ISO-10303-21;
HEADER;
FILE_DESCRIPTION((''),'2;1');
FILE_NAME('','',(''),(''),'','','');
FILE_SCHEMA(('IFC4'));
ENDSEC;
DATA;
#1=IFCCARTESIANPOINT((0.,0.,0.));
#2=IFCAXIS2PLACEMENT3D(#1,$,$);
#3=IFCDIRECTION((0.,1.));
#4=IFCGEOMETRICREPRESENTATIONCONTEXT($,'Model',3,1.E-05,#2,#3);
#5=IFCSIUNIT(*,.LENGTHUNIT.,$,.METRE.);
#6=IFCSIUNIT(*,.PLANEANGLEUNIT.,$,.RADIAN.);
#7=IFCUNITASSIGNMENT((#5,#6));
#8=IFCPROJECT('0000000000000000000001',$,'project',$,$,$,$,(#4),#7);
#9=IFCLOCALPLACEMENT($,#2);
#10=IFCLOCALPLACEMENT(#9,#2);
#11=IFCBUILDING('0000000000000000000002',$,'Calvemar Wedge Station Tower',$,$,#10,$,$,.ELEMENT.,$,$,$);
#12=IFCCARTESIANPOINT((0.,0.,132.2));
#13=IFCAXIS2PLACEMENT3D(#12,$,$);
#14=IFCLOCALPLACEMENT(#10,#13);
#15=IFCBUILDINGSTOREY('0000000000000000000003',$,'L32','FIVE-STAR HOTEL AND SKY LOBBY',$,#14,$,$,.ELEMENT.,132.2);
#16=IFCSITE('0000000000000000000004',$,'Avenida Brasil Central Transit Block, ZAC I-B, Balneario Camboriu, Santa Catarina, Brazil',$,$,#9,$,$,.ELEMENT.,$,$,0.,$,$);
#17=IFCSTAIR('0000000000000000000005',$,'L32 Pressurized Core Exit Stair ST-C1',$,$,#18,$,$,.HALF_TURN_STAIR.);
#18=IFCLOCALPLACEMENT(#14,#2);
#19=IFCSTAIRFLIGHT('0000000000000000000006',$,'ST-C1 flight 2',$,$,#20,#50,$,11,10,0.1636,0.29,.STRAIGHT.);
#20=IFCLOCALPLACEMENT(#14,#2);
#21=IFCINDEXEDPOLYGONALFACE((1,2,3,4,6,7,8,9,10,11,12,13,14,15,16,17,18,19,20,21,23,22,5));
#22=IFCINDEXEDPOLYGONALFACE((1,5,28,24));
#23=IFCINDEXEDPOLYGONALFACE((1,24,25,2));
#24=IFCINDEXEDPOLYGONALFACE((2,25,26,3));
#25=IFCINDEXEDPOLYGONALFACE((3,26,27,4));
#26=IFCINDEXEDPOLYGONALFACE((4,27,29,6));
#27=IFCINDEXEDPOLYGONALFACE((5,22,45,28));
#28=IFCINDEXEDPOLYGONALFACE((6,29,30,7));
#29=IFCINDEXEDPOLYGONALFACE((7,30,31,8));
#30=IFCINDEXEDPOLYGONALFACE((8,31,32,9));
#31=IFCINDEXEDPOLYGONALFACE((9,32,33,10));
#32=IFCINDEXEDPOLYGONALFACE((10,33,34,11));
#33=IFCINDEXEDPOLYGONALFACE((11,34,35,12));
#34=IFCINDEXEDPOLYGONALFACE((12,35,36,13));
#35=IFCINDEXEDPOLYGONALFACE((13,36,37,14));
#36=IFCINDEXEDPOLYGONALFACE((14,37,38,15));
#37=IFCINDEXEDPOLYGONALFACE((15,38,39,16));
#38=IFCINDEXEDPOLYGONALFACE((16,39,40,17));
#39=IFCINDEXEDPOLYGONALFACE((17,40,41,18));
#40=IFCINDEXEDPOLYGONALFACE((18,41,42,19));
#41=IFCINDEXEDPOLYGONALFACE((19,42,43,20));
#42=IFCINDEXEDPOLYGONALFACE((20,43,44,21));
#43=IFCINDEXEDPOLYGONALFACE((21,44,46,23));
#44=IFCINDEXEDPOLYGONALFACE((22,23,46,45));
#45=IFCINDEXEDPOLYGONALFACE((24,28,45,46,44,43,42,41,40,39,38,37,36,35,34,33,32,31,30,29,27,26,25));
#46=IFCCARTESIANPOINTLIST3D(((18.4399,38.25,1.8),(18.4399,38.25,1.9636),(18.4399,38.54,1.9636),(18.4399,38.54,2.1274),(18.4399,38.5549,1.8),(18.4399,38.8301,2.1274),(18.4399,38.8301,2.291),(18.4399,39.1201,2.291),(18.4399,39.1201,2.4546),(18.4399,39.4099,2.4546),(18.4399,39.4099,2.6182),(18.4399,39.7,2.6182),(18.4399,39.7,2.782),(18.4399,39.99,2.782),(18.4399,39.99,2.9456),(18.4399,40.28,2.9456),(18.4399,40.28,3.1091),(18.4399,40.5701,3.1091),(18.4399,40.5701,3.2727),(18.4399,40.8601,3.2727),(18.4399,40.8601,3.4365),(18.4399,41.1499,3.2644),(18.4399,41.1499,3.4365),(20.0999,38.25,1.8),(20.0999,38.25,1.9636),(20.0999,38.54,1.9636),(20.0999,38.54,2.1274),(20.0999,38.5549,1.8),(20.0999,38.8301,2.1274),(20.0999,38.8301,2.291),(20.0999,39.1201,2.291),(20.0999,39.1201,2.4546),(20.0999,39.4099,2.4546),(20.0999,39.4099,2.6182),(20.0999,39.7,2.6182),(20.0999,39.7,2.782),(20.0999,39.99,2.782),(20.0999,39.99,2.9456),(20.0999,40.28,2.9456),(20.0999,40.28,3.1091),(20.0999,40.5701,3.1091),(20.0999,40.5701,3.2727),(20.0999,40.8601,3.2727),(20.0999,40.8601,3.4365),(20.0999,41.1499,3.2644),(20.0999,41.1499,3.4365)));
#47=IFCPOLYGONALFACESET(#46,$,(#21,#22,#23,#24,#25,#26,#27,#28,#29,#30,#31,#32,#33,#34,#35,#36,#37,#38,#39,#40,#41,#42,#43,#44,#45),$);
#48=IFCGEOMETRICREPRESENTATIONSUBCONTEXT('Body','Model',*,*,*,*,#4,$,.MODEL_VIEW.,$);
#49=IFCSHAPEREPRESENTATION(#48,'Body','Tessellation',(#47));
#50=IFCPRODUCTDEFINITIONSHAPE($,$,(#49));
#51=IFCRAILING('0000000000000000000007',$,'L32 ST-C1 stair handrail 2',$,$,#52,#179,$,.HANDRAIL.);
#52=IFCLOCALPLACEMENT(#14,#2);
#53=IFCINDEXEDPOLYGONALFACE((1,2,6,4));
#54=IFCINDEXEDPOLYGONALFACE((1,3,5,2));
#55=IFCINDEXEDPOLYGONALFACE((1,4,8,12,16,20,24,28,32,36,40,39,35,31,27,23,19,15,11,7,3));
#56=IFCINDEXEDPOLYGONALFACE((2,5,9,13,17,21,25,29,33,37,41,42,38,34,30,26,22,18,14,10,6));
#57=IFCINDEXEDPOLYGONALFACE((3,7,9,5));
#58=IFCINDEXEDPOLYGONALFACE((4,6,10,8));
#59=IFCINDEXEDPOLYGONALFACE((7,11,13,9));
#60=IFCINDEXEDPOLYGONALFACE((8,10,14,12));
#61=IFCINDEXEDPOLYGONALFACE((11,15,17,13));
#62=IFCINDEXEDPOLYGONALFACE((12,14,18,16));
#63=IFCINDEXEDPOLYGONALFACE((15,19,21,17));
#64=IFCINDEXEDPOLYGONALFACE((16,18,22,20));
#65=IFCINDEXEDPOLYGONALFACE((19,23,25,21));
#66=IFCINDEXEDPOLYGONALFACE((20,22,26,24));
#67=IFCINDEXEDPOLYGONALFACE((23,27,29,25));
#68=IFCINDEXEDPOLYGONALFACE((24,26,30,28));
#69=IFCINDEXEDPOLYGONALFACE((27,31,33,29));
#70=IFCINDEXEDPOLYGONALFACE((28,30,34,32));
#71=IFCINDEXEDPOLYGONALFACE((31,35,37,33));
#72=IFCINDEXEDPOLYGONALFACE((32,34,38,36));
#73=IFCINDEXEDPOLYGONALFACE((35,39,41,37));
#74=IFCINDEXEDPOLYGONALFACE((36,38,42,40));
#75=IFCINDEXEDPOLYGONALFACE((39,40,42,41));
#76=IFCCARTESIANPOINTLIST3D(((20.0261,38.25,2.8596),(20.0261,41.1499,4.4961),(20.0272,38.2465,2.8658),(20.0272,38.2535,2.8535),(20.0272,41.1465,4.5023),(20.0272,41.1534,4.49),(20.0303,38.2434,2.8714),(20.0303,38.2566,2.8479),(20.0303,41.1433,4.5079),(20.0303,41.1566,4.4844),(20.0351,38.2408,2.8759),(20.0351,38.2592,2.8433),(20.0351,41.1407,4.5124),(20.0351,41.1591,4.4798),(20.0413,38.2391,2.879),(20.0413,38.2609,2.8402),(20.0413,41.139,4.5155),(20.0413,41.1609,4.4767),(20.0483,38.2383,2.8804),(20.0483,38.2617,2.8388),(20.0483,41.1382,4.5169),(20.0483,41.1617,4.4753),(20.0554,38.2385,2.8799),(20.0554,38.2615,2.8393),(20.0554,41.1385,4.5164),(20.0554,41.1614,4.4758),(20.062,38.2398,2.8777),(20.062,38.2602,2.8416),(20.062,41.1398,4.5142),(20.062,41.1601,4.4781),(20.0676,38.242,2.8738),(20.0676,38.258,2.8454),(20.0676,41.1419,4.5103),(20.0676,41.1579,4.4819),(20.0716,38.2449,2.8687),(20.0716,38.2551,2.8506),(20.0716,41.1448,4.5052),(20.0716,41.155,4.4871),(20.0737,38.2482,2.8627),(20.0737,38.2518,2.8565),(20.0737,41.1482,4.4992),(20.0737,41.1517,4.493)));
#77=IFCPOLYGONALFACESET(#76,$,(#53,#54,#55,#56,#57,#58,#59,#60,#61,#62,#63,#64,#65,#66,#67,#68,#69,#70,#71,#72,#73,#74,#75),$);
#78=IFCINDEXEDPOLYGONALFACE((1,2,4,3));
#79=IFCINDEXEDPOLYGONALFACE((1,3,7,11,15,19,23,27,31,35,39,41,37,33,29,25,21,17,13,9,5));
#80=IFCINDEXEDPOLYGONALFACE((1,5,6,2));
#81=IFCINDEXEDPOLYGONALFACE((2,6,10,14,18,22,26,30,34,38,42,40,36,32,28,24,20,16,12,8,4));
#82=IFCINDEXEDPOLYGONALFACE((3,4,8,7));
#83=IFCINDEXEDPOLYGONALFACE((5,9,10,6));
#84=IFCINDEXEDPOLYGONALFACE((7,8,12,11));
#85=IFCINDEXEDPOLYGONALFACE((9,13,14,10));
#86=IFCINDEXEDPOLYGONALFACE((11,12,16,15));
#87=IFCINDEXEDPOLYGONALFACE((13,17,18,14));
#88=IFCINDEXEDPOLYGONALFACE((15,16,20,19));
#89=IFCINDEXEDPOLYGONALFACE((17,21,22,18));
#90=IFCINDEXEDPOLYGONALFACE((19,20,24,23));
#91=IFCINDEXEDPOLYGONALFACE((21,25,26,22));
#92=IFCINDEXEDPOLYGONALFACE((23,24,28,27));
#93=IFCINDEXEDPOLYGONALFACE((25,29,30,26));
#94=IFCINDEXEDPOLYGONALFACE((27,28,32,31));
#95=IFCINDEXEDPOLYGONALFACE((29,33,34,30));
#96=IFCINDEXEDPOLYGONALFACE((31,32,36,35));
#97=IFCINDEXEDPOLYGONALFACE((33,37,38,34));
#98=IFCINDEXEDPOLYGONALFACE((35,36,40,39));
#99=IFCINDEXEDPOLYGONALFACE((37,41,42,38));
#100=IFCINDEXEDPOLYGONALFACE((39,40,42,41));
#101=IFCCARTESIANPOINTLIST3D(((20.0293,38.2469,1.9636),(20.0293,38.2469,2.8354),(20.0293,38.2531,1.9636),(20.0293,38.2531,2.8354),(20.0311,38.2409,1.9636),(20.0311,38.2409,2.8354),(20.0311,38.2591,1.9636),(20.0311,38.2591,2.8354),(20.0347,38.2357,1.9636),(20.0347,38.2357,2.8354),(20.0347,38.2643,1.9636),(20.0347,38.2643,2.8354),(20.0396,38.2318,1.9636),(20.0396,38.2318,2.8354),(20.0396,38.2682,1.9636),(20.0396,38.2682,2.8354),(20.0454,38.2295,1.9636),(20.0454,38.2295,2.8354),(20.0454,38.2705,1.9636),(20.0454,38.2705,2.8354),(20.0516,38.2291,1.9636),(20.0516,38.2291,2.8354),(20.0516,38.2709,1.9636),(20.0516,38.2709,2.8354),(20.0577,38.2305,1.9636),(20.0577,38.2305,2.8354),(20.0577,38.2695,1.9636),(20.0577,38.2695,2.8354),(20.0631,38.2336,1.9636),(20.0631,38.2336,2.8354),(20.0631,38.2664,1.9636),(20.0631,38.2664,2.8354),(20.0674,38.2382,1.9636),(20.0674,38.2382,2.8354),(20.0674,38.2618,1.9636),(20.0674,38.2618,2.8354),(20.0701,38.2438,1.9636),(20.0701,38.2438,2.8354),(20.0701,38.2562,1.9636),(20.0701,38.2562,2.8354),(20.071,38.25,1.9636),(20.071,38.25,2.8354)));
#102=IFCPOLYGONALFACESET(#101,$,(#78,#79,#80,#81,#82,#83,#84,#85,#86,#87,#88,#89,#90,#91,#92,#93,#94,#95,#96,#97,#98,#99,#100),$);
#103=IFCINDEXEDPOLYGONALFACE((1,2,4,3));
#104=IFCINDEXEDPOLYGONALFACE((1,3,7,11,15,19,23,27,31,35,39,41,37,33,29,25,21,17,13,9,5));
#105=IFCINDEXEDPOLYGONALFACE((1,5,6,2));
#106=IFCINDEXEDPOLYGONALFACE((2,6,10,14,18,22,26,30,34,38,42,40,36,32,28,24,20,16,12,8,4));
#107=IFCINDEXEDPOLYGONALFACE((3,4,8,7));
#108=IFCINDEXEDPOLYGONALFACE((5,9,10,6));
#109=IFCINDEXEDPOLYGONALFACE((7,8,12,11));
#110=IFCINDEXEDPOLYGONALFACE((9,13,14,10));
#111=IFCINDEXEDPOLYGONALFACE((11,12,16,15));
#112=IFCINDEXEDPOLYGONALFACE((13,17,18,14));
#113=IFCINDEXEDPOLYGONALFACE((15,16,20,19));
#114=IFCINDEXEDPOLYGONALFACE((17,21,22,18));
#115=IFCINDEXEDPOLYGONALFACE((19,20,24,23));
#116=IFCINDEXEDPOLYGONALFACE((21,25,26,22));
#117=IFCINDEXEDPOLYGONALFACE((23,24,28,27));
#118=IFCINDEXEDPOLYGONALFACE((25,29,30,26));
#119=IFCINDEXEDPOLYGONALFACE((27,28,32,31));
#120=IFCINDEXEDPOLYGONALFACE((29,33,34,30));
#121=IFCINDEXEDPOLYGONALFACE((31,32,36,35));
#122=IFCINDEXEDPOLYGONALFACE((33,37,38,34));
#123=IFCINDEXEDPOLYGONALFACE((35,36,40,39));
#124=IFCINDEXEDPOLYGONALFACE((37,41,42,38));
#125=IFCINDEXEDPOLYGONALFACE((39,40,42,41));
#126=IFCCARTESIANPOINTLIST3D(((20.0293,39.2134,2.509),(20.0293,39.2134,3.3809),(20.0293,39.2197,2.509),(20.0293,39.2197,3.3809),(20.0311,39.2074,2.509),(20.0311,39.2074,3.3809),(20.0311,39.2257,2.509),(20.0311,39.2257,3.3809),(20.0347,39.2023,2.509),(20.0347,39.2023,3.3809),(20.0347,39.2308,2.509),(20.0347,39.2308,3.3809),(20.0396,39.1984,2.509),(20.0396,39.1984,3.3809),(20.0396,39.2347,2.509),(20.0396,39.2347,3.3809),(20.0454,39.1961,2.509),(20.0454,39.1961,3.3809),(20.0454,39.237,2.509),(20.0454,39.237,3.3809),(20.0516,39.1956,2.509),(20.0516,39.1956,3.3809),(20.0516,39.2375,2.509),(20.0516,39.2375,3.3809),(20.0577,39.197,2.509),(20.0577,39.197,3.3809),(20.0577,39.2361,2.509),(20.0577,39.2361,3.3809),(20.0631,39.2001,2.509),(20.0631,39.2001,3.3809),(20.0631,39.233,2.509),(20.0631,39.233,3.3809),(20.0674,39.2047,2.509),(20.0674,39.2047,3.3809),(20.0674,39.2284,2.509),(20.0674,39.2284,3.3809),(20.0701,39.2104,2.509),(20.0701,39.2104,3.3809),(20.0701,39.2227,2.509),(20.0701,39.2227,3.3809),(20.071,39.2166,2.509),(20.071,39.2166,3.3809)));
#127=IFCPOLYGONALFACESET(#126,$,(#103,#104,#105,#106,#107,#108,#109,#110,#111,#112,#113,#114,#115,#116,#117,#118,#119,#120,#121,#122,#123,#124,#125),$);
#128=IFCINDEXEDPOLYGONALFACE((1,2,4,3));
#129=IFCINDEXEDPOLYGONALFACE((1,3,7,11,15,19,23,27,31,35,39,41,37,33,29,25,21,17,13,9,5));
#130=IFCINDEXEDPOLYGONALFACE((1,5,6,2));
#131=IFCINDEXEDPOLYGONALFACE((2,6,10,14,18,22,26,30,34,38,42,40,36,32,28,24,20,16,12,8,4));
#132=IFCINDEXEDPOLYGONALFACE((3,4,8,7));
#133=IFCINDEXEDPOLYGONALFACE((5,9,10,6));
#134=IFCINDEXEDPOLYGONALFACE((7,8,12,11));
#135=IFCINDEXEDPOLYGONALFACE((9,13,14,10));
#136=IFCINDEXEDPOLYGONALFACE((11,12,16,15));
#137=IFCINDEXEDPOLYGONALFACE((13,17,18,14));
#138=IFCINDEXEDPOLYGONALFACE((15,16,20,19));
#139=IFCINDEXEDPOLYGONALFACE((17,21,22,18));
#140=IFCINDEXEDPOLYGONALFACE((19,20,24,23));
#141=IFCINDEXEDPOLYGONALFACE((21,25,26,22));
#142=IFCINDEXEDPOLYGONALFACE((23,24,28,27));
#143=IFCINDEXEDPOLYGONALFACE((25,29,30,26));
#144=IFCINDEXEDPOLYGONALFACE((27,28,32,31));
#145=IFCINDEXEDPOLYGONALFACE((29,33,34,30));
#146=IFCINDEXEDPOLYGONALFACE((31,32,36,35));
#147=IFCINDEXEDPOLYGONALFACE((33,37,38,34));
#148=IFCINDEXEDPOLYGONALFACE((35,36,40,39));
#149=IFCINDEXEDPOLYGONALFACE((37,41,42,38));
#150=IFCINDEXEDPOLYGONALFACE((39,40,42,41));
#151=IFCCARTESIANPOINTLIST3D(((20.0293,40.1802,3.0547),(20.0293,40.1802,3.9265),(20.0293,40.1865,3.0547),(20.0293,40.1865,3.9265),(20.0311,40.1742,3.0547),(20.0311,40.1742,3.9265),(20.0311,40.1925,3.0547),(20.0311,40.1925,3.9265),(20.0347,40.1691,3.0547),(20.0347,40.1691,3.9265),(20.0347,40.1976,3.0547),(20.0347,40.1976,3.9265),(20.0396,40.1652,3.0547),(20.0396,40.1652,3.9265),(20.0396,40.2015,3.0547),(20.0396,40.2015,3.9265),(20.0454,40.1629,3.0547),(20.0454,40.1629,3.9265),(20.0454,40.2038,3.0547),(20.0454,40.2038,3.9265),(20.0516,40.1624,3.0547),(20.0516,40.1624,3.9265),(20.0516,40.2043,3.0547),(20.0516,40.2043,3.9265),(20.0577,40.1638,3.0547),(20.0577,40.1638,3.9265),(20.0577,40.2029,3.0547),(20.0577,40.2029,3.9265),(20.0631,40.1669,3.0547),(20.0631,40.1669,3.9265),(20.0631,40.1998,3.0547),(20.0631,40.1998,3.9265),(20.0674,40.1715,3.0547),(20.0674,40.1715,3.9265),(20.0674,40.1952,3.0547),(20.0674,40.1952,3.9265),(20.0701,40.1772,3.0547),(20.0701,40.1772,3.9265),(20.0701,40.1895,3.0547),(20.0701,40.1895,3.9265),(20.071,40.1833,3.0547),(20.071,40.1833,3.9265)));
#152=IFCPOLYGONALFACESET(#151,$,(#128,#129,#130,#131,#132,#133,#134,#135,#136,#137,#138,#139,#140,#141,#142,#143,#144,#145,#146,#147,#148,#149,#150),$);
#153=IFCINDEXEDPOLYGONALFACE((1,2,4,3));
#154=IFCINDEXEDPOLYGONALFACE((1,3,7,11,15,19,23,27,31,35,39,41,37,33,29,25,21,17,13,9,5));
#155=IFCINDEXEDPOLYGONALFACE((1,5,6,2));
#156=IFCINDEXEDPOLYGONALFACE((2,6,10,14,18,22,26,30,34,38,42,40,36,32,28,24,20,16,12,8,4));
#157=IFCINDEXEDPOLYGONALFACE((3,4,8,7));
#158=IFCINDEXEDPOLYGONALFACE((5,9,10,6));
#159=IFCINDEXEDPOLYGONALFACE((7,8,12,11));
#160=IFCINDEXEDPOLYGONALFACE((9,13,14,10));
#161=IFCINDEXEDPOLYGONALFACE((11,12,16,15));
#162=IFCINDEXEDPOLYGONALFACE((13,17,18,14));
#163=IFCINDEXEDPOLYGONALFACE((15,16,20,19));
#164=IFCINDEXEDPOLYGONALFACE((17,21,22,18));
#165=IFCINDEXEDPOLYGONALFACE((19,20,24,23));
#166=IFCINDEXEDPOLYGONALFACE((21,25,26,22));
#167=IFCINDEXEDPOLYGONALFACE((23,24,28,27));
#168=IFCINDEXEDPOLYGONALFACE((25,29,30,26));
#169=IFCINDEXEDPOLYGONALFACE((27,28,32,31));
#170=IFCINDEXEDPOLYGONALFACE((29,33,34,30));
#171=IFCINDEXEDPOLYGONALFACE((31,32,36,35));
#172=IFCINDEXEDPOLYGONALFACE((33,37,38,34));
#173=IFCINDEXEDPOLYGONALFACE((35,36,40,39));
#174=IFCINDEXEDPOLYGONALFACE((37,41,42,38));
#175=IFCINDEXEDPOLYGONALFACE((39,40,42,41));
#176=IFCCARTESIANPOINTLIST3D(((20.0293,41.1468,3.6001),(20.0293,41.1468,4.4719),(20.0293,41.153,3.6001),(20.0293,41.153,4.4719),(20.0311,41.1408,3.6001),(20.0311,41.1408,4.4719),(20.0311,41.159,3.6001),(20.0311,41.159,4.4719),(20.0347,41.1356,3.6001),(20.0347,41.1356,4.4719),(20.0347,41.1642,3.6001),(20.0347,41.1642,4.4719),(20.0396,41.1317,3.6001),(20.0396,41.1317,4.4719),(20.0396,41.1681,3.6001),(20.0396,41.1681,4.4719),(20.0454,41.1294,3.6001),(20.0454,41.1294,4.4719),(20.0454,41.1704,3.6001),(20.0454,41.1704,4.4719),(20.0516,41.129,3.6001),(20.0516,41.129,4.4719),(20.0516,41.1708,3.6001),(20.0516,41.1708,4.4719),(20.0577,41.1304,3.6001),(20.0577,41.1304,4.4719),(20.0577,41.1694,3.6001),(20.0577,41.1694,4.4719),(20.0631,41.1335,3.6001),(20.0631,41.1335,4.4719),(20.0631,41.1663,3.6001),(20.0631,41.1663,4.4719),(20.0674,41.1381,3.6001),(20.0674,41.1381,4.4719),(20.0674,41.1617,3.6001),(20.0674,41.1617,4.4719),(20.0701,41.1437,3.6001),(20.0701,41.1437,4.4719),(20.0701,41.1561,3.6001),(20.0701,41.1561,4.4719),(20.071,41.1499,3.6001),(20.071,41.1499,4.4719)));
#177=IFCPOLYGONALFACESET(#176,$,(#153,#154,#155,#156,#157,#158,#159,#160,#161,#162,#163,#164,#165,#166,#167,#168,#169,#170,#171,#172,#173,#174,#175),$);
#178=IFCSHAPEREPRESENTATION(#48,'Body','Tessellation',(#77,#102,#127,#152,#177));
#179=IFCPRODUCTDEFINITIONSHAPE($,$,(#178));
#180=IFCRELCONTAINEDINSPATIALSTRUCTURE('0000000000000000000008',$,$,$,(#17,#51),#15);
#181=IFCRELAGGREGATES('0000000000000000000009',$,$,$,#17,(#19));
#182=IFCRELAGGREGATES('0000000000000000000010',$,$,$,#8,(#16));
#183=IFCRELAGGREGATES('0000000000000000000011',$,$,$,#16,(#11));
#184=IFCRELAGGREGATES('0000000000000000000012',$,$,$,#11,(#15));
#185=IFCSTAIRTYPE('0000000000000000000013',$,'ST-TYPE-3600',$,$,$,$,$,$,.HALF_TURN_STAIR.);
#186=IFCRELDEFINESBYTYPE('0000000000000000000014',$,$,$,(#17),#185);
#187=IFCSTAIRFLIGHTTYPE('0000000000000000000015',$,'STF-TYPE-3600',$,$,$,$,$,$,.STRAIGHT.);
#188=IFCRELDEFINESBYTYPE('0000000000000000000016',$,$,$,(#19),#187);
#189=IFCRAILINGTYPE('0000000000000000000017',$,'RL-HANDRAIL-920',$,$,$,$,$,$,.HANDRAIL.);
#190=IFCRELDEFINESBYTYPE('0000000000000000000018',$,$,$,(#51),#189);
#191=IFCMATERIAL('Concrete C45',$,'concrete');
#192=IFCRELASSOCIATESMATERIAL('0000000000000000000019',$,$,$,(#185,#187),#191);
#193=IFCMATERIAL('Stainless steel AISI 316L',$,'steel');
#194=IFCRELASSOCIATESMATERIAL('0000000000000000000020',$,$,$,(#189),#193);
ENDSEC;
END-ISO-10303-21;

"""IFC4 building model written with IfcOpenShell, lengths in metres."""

from ifc_helpers import new_model, si_unit, direction, frame, origin, origin_2d, place, context, subcontext, project, spatial, polyline, circle, outline, extrude, material, type_object, element, aggregate, save


model = new_model("IFC4")

# Units and contexts
model_context = context("Model", 3, precision=1e-05, world=origin(), true_north=direction((0.0, 1.0)))
body_context = subcontext(model_context, "Body", "Model", "MODEL_VIEW")
ifc_project = project(units=[si_unit("LENGTHUNIT", "METRE"), si_unit("PLANEANGLEUNIT", "RADIAN")], contexts=[model_context])

# Site, building, storey
site_placement = place(None, origin())
site = spatial("IfcSite", under=ifc_project, at=site_placement, Name="Avenida Brasil Central Transit Block, ZAC I-B, Balneario Camboriu, Santa Catarina, Brazil", CompositionType="ELEMENT", RefElevation=0.0)
building_placement = place(site_placement, origin())
building = spatial("IfcBuilding", under=site, at=building_placement, Name="Calvemar Wedge Station Tower", CompositionType="ELEMENT")
storey_placement = place(building_placement, frame((0.0, 0.0, 132.2)))
storey = spatial("IfcBuildingStorey", under=building, at=storey_placement, Name="L32", Description="FIVE-STAR HOTEL AND SKY LOBBY", CompositionType="ELEMENT", Elevation=132.2)

# Stair, stair flight
ifc_material_1 = material(Name="Concrete C45", Category="concrete")
stair_type = type_object("IfcStairType", Name="ST-TYPE-3600", PredefinedType="HALF_TURN_STAIR", material=ifc_material_1)
stair_placement = place(storey_placement, origin())
stair = element("IfcStair", 1, at=stair_placement, inside=storey, type_object=stair_type, Name="L32 Pressurized Core Exit Stair ST-C1", PredefinedType="HALF_TURN_STAIR")
stair_flight_type = type_object("IfcStairFlightType", Name="STF-TYPE-3600", PredefinedType="STRAIGHT", material=ifc_material_1)
stair_flight_placement = place(storey_placement, frame((19.27, 38.25, 1.8), z_axis=(0.0, 0.0, 1.0), x_axis=(0.0, 1.0, 0.0)))
stair_flight = element("IfcStairFlight", 2, at=stair_flight_placement, type_object=stair_flight_type, Name="ST-C1 flight 2", NumberOfRisers=11, NumberOfTreads=10, PredefinedType="STRAIGHT", RiserHeight=0.1636, TreadLength=0.29, context=body_context, shape_type="SweptSolid", body=[
    extrude(outline(polyline([(0.0, 0.0), (0.0, 0.1636), (0.29, 0.1636), (0.29, 0.3274), (0.5801, 0.3274), (0.5801, 0.491), (0.8701, 0.491), (0.8701, 0.6545), (1.1599, 0.6545), (1.1599, 0.8181), (1.45, 0.8181), (1.45, 0.9819), (1.74, 0.9819), (1.74, 1.1455), (2.03, 1.1455), (2.03, 1.3091), (2.3201, 1.3091), (2.3201, 1.4727), (2.6101, 1.4727), (2.6101, 1.6365), (2.8999, 1.6365), (2.8999, 1.8), (2.8999, 1.4644), (0.3049, 0.0), (0.0, 0.0)])), frame((0.0, 0.8301, 0.0), z_axis=(0.0, -1.0, 0.0), x_axis=(1.0, 0.0, 0.0)), (0.0, 0.0, 1.0), 1.6599),
])
aggregate(stair, [stair_flight])

# Railing
ifc_material_2 = material(Name="Stainless steel AISI 316L", Category="steel")
railing_type_1 = type_object("IfcRailingType", Name="RL-HANDRAIL-920", PredefinedType="HANDRAIL", material=ifc_material_2)
railing_1_placement = place(storey_placement, frame((20.05, 38.25, 1.9636)))
element("IfcRailing", 3, at=railing_1_placement, inside=storey, type_object=railing_type_1, Name="L32 ST-C1 stair handrail 2", PredefinedType="HANDRAIL", context=body_context, shape_type="SweptSolid", body=[
    extrude(circle(Radius=0.0239, at=origin_2d()), frame((0.0, 0.0, 0.896), z_axis=(0.0, 0.870897, 0.491465), x_axis=(-1.0, 0.0, 0.0)), (0.0, 0.0, 1.0), 3.3298),
    extrude(circle(Radius=0.021, at=origin_2d()), origin(), (0.0, 0.0, 1.0), 0.8718),
    extrude(circle(Radius=0.021, at=origin_2d()), frame((0.0, 0.9666, 0.5454)), (0.0, 0.0, 1.0), 0.8718),
    extrude(circle(Radius=0.021, at=origin_2d()), frame((0.0, 1.9333, 1.0911)), (0.0, 0.0, 1.0), 0.8718),
    extrude(circle(Radius=0.021, at=origin_2d()), frame((0.0, 2.8999, 1.6365)), (0.0, 0.0, 1.0), 0.8718),
])

save(model, "model.ifc")
